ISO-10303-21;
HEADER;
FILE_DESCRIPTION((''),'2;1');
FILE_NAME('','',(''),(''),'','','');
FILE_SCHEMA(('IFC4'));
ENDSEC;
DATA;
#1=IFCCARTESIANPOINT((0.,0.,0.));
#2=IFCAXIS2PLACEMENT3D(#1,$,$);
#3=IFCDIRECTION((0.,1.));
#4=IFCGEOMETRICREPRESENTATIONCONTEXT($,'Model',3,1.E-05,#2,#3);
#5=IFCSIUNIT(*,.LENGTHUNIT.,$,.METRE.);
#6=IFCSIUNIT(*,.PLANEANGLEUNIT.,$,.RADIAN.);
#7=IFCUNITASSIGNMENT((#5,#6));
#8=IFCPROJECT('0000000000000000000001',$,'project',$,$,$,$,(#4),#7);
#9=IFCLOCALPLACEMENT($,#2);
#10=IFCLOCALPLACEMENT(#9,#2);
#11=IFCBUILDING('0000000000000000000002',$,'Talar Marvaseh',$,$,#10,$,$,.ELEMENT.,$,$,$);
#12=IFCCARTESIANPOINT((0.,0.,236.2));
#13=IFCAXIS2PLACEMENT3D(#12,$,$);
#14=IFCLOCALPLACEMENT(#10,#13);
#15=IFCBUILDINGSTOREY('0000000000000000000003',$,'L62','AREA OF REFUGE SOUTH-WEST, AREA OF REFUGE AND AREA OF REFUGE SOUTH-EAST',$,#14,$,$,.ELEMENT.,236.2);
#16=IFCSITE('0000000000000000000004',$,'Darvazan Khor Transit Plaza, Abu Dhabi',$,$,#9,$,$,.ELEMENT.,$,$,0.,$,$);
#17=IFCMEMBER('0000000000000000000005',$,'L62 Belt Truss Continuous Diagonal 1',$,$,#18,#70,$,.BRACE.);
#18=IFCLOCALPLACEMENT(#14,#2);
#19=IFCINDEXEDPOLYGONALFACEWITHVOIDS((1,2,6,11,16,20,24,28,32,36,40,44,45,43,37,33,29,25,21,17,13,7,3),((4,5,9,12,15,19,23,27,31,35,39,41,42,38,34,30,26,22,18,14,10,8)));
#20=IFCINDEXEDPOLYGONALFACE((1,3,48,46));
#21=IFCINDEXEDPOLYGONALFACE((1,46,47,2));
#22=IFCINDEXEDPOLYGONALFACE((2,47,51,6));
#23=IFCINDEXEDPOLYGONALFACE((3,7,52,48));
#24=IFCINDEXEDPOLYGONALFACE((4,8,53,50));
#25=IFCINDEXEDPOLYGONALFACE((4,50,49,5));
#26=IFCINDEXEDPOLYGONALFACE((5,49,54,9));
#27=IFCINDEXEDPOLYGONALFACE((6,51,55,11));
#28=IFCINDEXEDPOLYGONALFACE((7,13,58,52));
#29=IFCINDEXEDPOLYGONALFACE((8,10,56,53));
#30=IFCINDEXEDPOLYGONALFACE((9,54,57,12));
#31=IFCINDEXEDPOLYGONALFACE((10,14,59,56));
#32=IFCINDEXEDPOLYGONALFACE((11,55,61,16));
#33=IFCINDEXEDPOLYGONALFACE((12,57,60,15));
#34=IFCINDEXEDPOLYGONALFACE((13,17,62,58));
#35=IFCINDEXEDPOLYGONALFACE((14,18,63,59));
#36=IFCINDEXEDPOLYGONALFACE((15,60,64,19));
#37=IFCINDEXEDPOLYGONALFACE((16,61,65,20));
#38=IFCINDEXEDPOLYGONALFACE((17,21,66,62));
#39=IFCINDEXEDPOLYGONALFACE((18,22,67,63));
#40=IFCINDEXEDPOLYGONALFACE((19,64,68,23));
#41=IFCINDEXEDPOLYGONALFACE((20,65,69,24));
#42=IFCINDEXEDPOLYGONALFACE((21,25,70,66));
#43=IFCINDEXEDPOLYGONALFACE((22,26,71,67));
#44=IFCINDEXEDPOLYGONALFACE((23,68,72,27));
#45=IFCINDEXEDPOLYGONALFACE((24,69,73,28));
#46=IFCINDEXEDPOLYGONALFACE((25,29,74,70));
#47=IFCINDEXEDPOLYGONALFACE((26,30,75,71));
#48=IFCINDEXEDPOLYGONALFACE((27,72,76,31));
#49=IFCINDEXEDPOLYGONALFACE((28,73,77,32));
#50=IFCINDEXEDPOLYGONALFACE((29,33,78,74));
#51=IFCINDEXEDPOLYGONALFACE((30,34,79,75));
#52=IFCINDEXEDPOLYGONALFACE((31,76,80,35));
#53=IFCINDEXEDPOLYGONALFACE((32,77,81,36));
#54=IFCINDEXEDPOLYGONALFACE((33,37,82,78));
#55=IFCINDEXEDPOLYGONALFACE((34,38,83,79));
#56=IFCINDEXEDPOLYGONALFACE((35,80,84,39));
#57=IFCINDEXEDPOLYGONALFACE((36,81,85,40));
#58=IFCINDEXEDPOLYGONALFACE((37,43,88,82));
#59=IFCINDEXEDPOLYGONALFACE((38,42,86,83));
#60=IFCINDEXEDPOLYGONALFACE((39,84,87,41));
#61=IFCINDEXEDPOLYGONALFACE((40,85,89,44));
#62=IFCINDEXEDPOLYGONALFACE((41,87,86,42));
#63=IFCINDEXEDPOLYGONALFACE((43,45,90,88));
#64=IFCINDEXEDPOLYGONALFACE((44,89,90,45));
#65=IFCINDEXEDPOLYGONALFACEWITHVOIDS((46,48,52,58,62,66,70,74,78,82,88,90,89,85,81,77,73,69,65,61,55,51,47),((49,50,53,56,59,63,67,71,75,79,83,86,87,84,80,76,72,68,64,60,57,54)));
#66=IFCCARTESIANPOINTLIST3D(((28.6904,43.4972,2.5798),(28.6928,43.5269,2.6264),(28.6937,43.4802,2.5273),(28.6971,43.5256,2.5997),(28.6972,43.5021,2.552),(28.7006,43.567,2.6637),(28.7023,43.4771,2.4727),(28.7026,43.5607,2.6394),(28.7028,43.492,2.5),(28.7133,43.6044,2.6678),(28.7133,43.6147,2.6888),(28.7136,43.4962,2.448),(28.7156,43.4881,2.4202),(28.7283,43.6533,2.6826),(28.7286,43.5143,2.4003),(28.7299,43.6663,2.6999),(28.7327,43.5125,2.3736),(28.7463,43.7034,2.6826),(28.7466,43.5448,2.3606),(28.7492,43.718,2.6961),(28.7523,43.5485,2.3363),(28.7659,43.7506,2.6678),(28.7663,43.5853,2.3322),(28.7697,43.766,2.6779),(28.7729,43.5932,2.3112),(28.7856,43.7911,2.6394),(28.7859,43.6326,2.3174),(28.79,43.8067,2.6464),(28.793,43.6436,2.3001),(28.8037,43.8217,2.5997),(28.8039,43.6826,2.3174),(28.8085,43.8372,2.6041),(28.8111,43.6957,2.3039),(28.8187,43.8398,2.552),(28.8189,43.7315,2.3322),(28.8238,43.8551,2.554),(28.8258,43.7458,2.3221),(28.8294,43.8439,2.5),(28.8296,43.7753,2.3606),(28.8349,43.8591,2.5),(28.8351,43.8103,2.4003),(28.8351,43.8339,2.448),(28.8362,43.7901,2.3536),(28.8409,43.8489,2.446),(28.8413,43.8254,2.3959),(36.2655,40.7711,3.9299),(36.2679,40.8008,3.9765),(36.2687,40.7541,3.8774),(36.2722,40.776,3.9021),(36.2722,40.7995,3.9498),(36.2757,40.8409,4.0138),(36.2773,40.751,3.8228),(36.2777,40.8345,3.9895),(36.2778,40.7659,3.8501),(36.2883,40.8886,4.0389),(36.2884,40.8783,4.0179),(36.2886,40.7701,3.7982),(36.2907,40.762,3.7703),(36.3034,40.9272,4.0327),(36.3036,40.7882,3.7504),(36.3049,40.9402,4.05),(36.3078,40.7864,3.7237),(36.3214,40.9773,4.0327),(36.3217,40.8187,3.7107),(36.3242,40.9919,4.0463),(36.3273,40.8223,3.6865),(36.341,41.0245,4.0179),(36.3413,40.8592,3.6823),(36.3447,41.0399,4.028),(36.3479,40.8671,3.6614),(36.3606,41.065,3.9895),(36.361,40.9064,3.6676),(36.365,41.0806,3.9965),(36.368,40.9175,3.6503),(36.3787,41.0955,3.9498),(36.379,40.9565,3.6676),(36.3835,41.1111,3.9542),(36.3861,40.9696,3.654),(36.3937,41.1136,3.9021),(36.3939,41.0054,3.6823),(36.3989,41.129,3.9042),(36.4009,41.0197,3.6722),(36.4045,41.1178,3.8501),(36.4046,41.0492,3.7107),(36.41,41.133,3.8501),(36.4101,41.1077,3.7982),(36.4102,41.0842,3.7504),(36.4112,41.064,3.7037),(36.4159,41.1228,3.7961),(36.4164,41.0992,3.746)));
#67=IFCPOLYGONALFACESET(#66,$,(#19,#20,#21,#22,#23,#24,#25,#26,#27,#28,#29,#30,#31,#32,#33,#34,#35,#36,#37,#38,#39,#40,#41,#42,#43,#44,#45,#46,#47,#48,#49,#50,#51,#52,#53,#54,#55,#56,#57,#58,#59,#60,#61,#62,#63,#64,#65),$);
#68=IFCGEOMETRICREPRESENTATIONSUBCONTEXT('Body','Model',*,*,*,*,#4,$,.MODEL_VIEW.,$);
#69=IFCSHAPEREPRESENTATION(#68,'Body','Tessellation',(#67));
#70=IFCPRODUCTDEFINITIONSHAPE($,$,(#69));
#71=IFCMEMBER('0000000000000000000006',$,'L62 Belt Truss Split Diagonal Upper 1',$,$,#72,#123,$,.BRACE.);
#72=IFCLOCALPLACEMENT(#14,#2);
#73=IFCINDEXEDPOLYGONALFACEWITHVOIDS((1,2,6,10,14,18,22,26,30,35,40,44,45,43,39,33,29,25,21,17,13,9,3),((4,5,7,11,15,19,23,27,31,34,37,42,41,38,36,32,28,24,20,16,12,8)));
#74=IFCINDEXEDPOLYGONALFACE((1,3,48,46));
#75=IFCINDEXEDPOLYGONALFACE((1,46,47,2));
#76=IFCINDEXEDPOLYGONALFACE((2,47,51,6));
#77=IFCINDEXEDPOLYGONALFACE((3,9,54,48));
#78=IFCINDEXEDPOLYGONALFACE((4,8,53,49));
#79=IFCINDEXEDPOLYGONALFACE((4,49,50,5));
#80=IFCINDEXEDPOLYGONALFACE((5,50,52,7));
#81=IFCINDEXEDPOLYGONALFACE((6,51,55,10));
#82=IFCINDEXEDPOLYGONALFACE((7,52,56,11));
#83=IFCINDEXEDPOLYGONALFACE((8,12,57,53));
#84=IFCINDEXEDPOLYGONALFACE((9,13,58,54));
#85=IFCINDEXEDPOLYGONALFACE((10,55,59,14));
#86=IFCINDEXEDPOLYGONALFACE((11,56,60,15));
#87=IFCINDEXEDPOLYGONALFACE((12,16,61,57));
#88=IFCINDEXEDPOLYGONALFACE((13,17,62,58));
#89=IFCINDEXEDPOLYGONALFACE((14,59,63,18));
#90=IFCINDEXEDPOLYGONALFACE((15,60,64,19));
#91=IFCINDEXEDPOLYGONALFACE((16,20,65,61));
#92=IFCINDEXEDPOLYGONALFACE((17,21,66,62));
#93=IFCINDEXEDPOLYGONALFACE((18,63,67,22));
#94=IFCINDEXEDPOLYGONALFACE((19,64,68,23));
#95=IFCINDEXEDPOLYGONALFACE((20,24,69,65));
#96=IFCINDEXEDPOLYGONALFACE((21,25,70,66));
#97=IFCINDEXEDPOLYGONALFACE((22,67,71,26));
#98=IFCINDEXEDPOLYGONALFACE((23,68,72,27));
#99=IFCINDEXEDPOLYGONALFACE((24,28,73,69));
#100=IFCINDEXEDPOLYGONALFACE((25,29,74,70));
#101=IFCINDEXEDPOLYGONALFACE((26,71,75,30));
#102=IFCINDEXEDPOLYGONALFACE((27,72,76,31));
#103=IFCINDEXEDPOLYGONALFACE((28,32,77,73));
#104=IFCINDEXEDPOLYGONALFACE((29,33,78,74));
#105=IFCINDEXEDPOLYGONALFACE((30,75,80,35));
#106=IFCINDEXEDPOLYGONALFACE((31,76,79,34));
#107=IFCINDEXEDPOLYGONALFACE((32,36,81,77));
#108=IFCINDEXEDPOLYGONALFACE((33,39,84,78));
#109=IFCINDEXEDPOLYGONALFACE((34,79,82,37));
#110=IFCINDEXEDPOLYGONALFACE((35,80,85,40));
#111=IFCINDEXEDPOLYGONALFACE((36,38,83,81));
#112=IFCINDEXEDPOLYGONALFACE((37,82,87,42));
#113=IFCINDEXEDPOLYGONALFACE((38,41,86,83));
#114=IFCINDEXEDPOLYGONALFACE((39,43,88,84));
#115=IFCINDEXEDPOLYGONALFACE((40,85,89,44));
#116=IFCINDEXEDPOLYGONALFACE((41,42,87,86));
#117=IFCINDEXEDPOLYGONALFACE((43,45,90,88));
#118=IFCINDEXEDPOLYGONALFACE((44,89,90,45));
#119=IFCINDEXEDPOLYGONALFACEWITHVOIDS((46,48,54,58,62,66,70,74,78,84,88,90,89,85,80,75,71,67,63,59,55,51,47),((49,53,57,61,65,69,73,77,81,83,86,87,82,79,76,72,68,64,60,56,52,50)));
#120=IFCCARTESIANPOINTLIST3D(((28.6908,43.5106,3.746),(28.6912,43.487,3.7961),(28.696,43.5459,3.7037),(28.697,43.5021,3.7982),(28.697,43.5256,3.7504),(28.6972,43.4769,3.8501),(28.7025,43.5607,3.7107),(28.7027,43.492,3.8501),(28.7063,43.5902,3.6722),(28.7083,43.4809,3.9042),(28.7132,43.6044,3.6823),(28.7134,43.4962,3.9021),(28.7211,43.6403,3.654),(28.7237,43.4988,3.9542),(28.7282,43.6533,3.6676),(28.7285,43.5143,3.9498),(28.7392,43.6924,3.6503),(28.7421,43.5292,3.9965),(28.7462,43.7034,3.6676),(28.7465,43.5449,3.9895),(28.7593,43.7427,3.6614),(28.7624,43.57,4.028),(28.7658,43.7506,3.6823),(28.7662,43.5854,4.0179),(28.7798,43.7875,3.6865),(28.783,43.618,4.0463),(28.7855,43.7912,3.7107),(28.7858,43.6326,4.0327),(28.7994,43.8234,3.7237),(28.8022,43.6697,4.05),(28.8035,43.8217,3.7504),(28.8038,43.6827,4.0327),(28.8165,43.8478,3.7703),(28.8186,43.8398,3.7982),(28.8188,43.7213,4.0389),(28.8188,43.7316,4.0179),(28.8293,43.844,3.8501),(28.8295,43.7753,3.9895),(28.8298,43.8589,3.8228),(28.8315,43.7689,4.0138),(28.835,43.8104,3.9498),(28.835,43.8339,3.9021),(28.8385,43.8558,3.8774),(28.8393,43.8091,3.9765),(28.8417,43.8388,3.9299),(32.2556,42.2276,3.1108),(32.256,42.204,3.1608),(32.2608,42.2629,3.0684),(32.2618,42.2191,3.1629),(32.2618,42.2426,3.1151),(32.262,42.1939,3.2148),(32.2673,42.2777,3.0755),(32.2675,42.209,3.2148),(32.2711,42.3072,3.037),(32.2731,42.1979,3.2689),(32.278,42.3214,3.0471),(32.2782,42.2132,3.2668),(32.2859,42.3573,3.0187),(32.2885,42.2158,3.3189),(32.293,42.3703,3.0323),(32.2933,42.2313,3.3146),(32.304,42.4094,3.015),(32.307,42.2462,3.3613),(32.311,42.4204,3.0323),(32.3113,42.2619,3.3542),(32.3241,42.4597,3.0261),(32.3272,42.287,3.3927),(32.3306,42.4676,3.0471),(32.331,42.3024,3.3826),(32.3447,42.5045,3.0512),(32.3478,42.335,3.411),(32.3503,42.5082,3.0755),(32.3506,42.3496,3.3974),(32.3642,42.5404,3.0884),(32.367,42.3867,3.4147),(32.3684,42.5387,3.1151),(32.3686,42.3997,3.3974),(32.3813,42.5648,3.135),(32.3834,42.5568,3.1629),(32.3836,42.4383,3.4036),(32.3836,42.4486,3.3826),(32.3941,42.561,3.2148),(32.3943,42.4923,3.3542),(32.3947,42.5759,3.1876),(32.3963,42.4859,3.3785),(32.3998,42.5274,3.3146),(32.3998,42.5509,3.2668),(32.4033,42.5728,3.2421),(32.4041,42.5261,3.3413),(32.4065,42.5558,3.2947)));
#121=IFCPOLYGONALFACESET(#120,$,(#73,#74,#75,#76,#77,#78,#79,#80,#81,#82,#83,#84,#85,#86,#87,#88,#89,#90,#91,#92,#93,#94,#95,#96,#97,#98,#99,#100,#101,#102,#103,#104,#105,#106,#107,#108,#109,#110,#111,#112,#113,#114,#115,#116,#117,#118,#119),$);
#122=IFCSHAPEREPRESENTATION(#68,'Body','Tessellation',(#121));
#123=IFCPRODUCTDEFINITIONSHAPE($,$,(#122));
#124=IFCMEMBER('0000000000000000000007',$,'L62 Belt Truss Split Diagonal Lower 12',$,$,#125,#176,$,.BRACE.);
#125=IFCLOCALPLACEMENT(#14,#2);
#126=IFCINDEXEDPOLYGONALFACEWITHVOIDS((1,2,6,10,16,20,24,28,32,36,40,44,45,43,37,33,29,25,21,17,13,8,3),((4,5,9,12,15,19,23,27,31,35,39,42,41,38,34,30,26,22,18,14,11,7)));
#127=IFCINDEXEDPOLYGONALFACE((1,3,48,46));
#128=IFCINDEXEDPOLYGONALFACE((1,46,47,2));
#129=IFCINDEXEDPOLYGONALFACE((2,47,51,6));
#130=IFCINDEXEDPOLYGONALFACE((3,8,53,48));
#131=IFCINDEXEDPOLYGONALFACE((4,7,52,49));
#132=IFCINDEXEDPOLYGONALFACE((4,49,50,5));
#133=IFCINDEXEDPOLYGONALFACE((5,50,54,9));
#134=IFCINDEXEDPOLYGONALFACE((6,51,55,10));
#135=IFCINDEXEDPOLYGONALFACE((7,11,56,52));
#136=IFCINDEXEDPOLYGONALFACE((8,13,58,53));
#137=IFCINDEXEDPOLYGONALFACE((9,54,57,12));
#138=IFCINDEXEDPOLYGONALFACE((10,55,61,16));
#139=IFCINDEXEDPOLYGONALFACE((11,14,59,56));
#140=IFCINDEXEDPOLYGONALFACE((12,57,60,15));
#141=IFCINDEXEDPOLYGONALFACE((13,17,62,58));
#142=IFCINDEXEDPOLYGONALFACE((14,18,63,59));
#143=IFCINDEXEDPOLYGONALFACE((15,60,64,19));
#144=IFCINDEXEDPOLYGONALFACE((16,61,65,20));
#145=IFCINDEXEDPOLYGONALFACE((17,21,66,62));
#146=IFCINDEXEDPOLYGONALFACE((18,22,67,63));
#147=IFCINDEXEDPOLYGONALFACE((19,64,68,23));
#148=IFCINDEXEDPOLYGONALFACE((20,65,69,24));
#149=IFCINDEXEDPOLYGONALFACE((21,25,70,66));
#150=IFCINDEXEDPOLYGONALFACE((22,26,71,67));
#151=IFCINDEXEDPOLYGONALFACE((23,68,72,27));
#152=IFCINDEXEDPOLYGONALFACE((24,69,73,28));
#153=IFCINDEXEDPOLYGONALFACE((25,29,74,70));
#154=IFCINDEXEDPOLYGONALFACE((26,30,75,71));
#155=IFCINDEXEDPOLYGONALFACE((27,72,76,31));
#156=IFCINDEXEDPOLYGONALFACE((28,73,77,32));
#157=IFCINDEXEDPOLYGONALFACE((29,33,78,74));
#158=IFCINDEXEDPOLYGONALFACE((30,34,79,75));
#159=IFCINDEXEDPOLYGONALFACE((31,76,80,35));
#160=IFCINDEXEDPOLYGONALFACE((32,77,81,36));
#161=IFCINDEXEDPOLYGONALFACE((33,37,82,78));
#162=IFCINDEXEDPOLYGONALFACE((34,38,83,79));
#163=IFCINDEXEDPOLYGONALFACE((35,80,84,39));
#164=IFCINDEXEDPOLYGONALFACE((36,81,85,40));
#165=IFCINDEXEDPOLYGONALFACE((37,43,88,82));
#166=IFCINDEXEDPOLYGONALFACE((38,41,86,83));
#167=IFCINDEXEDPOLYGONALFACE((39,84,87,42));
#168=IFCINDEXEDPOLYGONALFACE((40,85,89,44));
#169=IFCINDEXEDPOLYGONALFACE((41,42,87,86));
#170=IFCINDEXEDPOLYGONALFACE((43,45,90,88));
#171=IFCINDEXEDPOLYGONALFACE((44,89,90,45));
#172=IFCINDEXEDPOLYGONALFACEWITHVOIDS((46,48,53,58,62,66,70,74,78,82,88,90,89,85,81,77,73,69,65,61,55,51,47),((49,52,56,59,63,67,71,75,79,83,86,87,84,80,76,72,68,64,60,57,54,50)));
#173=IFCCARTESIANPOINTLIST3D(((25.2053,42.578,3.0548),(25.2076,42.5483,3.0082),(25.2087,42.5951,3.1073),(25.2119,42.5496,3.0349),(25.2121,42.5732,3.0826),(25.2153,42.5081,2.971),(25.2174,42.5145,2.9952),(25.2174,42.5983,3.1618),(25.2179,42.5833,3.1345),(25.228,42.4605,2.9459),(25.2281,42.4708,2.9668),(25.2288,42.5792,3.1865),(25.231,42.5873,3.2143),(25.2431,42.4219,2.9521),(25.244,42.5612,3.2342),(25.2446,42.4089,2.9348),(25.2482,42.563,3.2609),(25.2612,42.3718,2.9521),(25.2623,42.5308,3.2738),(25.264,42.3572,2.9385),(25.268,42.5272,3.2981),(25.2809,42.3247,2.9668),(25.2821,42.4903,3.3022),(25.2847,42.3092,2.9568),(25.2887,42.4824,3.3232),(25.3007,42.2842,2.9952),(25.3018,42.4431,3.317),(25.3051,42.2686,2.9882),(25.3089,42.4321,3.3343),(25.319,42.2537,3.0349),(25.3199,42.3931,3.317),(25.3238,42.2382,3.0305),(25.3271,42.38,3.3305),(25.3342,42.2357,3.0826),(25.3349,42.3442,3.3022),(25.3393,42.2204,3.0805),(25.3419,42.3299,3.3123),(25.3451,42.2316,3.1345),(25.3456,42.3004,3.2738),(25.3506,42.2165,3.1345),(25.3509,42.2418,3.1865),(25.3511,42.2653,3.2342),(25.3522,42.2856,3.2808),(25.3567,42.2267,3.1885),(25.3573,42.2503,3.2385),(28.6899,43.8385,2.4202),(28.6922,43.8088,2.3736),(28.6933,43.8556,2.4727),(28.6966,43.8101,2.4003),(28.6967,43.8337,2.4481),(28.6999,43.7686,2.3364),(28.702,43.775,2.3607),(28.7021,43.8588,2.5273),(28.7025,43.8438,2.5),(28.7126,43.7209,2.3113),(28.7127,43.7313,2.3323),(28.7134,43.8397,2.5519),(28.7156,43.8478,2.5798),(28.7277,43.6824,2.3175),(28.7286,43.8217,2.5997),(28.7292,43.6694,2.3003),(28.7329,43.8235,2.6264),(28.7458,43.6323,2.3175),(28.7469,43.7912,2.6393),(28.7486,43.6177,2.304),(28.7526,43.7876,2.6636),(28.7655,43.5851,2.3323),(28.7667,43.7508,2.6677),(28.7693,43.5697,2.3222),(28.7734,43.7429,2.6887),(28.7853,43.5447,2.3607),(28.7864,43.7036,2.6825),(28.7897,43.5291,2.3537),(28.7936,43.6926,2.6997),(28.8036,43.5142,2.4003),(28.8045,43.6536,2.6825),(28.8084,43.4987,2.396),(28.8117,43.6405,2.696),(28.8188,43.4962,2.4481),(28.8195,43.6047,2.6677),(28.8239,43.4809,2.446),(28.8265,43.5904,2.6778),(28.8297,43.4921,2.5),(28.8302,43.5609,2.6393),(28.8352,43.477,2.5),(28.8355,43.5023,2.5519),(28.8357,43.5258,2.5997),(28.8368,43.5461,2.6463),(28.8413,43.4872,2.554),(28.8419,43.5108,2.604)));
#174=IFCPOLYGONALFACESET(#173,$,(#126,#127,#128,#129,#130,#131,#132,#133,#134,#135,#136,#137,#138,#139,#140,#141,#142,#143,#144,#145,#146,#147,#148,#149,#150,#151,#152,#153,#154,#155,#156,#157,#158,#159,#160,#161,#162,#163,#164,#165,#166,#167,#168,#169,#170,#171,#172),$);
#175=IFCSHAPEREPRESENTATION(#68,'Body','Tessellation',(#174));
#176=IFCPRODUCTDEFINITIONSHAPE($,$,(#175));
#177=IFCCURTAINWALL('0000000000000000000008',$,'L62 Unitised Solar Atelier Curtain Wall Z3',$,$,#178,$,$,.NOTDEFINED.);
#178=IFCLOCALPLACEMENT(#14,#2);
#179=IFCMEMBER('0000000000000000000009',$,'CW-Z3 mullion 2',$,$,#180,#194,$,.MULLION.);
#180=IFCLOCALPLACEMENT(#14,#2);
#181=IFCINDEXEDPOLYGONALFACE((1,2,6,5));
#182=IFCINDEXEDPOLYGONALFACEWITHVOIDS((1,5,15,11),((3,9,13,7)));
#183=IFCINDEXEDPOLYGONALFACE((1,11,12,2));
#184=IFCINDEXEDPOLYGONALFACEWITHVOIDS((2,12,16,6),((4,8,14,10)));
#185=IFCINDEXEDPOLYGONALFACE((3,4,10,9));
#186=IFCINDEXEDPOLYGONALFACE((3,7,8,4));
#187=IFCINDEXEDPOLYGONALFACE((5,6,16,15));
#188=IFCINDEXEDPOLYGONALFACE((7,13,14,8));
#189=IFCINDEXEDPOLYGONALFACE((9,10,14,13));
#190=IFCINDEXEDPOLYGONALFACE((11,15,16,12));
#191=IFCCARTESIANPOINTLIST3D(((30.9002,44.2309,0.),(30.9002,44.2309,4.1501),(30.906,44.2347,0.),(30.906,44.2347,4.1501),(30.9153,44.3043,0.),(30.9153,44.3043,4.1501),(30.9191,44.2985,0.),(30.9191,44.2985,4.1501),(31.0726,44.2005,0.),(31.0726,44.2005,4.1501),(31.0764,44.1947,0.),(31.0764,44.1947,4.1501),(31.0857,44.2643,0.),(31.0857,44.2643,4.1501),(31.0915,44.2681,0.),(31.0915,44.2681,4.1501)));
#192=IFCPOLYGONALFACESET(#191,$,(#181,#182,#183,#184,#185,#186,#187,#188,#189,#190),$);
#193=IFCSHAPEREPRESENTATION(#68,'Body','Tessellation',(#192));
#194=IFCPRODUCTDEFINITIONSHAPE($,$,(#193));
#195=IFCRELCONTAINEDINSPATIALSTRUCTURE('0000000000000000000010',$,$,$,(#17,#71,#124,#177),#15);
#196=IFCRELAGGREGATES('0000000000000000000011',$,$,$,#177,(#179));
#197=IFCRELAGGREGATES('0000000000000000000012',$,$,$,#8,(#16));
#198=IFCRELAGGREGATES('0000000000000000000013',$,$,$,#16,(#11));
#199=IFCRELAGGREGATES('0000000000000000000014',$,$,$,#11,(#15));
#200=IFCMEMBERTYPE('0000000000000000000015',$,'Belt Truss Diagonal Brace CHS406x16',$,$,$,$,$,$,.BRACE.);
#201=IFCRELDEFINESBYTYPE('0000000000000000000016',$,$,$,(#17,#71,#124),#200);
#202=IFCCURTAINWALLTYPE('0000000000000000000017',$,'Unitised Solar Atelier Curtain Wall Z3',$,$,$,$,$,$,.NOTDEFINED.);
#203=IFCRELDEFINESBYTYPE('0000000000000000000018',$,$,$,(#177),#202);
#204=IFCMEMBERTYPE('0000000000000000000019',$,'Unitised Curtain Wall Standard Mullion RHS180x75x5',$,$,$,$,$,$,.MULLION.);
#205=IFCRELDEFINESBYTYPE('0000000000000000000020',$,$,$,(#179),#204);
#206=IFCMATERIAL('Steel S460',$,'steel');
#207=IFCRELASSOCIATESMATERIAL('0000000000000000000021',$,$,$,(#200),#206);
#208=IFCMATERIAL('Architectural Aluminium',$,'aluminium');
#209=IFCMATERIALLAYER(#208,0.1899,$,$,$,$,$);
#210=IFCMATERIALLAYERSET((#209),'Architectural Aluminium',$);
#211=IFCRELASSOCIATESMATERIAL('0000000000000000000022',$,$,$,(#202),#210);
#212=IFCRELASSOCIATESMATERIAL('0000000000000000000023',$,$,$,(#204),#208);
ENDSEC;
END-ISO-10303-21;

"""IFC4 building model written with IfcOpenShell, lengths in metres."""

from ifc_helpers import new_model, si_unit, direction, frame, origin, origin_2d, place, context, subcontext, project, spatial, hollow_rectangle, hollow_circle, extrude, source, transform, mapped, material, layer, layer_set, material_profile, profile_set, type_object, type_shapes, element, aggregate, save


model = new_model("IFC4")

# Units and contexts
model_context = context("Model", 3, precision=1e-05, world=origin(), true_north=direction((0.0, 1.0)))
body_context = subcontext(model_context, "Body", "Model", "MODEL_VIEW")
ifc_project = project(units=[si_unit("LENGTHUNIT", "METRE"), si_unit("PLANEANGLEUNIT", "RADIAN")], contexts=[model_context])

# Site, building, storey
site_placement = place(None, origin())
site = spatial("IfcSite", under=ifc_project, at=site_placement, Name="Darvazan Khor Transit Plaza, Abu Dhabi", CompositionType="ELEMENT", RefElevation=0.0)
building_placement = place(site_placement, origin())
building = spatial("IfcBuilding", under=site, at=building_placement, Name="Talar Marvaseh", CompositionType="ELEMENT")
storey_placement = place(building_placement, frame((0.0, 0.0, 236.2)))
storey = spatial("IfcBuildingStorey", under=building, at=storey_placement, Name="L62", Description="AREA OF REFUGE SOUTH-WEST, AREA OF REFUGE AND AREA OF REFUGE SOUTH-EAST", CompositionType="ELEMENT", Elevation=236.2)

# Members
ifc_material_1 = material(Name="Steel S460", Category="steel")
ifc_material_profile_1 = material_profile(ifc_material_1, hollow_circle(Radius=0.2031, WallThickness=0.0161, at=origin_2d()), Name="CHS406x16")
ifc_profile_set_1 = profile_set([ifc_material_profile_1], Name="Steel S460")
member_type_1 = type_object("IfcMemberType", Name="Belt Truss Diagonal Brace CHS406x16", PredefinedType="BRACE", material=ifc_profile_set_1)
shared_shape_1 = source(origin(), body_context, "Body", "SweptSolid", [
    extrude(hollow_circle(Radius=0.2031, WallThickness=0.0161, at=origin_2d()), origin(), (0.0, 0.0, 1.0), 8.1631),
])
member_1_placement = place(storey_placement, frame((28.7661, 43.668, 2.5), z_axis=(0.927965, -0.333956, 0.165393), x_axis=(0.33862, 0.940923, 0.0)))
element("IfcMember", 1, at=member_1_placement, inside=storey, type_object=member_type_1, Name="L62 Belt Truss Continuous Diagonal 1", PredefinedType="BRACE", context=body_context, shape_type="MappedRepresentation", body=[
    mapped(shared_shape_1, transform((0.0, 0.0, 0.0), x_axis=(1.0, 0.0, 0.0), y_axis=(0.0, 1.0, 0.0), z_axis=(0.0, 0.0, 1.0), scale=1.0)),
])
shared_shape_2 = source(origin(), body_context, "Body", "SweptSolid", [
    extrude(hollow_circle(Radius=0.2031, WallThickness=0.0161, at=origin_2d()), origin(), (0.0, 0.0, 1.0), 3.8416),
])
member_2_placement = place(storey_placement, frame((32.3308, 42.385, 3.2148), z_axis=(-0.927961, 0.333979, 0.165369), x_axis=(-0.338642, -0.940915, 0.0)))
element("IfcMember", 2, at=member_2_placement, inside=storey, type_object=member_type_1, Name="L62 Belt Truss Split Diagonal Upper 1", PredefinedType="BRACE", context=body_context, shape_type="MappedRepresentation", body=[
    mapped(shared_shape_2, transform((0.0, 0.0, 0.0), x_axis=(1.0, 0.0, 0.0), y_axis=(0.0, 1.0, 0.0), z_axis=(0.0, 0.0, 1.0), scale=1.0)),
])
shared_shape_3 = source(origin(), body_context, "Body", "SweptSolid", [
    extrude(hollow_circle(Radius=0.2031, WallThickness=0.0161, at=origin_2d()), origin(), (0.0, 0.0, 1.0), 3.7595),
])
type_shapes(member_type_1, [shared_shape_1, shared_shape_2, shared_shape_3])
member_3_placement = place(storey_placement, frame((28.7661, 43.668, 2.5), z_axis=(-0.926877, -0.335281, 0.168777), x_axis=(0.340161, -0.940367, 0.0)))
element("IfcMember", 3, at=member_3_placement, inside=storey, type_object=member_type_1, Name="L62 Belt Truss Split Diagonal Lower 12", PredefinedType="BRACE", context=body_context, shape_type="MappedRepresentation", body=[
    mapped(shared_shape_3, transform((0.0, 0.0, 0.0), x_axis=(1.0, 0.0, 0.0), y_axis=(0.0, 1.0, 0.0), z_axis=(0.0, 0.0, 1.0), scale=1.0)),
])

# Curtain wall, member
ifc_material_2 = material(Name="Architectural Aluminium", Category="aluminium")
ifc_layer_1 = layer(ifc_material_2, 0.1899)
ifc_layer_set_1 = layer_set([ifc_layer_1], Name="Architectural Aluminium")
curtain_wall_type = type_object("IfcCurtainWallType", Name="Unitised Solar Atelier Curtain Wall Z3", PredefinedType="NOTDEFINED", material=ifc_layer_set_1)
curtain_wall_placement = place(storey_placement, origin())
curtain_wall = element("IfcCurtainWall", 4, at=curtain_wall_placement, inside=storey, type_object=curtain_wall_type, Name="L62 Unitised Solar Atelier Curtain Wall Z3", PredefinedType="NOTDEFINED")
ifc_material_profile_2 = material_profile(ifc_material_2, hollow_rectangle(XDim=0.075, YDim=0.1799, WallThickness=0.0049, at=origin_2d()), Name="RHS180x75x5")
ifc_profile_set_2 = profile_set([ifc_material_profile_2], Name="Architectural Aluminium")
member_type_2 = type_object("IfcMemberType", Name="Unitised Curtain Wall Standard Mullion RHS180x75x5", PredefinedType="MULLION", material=ifc_profile_set_2)
shared_shape_4 = source(origin(), body_context, "Body", "SweptSolid", [
    extrude(hollow_rectangle(XDim=0.075, YDim=0.1799, WallThickness=0.0049, at=origin_2d()), origin(), (0.0, 0.0, 1.0), 4.1501),
])
type_shapes(member_type_2, [shared_shape_4])
member_4_placement = place(storey_placement, frame((30.9958, 44.2495, 0.0), z_axis=(0.0, 0.0, 1.0), x_axis=(0.201011, 0.979589, 0.0)))
member_4 = element("IfcMember", 5, at=member_4_placement, type_object=member_type_2, Name="CW-Z3 mullion 2", PredefinedType="MULLION", context=body_context, shape_type="MappedRepresentation", body=[
    mapped(shared_shape_4, transform((0.0, 0.0, 0.0), x_axis=(1.0, 0.0, 0.0), y_axis=(0.0, 1.0, 0.0), z_axis=(0.0, 0.0, 1.0), scale=1.0)),
])

aggregate(curtain_wall, [member_4])

save(model, "model.ifc")
